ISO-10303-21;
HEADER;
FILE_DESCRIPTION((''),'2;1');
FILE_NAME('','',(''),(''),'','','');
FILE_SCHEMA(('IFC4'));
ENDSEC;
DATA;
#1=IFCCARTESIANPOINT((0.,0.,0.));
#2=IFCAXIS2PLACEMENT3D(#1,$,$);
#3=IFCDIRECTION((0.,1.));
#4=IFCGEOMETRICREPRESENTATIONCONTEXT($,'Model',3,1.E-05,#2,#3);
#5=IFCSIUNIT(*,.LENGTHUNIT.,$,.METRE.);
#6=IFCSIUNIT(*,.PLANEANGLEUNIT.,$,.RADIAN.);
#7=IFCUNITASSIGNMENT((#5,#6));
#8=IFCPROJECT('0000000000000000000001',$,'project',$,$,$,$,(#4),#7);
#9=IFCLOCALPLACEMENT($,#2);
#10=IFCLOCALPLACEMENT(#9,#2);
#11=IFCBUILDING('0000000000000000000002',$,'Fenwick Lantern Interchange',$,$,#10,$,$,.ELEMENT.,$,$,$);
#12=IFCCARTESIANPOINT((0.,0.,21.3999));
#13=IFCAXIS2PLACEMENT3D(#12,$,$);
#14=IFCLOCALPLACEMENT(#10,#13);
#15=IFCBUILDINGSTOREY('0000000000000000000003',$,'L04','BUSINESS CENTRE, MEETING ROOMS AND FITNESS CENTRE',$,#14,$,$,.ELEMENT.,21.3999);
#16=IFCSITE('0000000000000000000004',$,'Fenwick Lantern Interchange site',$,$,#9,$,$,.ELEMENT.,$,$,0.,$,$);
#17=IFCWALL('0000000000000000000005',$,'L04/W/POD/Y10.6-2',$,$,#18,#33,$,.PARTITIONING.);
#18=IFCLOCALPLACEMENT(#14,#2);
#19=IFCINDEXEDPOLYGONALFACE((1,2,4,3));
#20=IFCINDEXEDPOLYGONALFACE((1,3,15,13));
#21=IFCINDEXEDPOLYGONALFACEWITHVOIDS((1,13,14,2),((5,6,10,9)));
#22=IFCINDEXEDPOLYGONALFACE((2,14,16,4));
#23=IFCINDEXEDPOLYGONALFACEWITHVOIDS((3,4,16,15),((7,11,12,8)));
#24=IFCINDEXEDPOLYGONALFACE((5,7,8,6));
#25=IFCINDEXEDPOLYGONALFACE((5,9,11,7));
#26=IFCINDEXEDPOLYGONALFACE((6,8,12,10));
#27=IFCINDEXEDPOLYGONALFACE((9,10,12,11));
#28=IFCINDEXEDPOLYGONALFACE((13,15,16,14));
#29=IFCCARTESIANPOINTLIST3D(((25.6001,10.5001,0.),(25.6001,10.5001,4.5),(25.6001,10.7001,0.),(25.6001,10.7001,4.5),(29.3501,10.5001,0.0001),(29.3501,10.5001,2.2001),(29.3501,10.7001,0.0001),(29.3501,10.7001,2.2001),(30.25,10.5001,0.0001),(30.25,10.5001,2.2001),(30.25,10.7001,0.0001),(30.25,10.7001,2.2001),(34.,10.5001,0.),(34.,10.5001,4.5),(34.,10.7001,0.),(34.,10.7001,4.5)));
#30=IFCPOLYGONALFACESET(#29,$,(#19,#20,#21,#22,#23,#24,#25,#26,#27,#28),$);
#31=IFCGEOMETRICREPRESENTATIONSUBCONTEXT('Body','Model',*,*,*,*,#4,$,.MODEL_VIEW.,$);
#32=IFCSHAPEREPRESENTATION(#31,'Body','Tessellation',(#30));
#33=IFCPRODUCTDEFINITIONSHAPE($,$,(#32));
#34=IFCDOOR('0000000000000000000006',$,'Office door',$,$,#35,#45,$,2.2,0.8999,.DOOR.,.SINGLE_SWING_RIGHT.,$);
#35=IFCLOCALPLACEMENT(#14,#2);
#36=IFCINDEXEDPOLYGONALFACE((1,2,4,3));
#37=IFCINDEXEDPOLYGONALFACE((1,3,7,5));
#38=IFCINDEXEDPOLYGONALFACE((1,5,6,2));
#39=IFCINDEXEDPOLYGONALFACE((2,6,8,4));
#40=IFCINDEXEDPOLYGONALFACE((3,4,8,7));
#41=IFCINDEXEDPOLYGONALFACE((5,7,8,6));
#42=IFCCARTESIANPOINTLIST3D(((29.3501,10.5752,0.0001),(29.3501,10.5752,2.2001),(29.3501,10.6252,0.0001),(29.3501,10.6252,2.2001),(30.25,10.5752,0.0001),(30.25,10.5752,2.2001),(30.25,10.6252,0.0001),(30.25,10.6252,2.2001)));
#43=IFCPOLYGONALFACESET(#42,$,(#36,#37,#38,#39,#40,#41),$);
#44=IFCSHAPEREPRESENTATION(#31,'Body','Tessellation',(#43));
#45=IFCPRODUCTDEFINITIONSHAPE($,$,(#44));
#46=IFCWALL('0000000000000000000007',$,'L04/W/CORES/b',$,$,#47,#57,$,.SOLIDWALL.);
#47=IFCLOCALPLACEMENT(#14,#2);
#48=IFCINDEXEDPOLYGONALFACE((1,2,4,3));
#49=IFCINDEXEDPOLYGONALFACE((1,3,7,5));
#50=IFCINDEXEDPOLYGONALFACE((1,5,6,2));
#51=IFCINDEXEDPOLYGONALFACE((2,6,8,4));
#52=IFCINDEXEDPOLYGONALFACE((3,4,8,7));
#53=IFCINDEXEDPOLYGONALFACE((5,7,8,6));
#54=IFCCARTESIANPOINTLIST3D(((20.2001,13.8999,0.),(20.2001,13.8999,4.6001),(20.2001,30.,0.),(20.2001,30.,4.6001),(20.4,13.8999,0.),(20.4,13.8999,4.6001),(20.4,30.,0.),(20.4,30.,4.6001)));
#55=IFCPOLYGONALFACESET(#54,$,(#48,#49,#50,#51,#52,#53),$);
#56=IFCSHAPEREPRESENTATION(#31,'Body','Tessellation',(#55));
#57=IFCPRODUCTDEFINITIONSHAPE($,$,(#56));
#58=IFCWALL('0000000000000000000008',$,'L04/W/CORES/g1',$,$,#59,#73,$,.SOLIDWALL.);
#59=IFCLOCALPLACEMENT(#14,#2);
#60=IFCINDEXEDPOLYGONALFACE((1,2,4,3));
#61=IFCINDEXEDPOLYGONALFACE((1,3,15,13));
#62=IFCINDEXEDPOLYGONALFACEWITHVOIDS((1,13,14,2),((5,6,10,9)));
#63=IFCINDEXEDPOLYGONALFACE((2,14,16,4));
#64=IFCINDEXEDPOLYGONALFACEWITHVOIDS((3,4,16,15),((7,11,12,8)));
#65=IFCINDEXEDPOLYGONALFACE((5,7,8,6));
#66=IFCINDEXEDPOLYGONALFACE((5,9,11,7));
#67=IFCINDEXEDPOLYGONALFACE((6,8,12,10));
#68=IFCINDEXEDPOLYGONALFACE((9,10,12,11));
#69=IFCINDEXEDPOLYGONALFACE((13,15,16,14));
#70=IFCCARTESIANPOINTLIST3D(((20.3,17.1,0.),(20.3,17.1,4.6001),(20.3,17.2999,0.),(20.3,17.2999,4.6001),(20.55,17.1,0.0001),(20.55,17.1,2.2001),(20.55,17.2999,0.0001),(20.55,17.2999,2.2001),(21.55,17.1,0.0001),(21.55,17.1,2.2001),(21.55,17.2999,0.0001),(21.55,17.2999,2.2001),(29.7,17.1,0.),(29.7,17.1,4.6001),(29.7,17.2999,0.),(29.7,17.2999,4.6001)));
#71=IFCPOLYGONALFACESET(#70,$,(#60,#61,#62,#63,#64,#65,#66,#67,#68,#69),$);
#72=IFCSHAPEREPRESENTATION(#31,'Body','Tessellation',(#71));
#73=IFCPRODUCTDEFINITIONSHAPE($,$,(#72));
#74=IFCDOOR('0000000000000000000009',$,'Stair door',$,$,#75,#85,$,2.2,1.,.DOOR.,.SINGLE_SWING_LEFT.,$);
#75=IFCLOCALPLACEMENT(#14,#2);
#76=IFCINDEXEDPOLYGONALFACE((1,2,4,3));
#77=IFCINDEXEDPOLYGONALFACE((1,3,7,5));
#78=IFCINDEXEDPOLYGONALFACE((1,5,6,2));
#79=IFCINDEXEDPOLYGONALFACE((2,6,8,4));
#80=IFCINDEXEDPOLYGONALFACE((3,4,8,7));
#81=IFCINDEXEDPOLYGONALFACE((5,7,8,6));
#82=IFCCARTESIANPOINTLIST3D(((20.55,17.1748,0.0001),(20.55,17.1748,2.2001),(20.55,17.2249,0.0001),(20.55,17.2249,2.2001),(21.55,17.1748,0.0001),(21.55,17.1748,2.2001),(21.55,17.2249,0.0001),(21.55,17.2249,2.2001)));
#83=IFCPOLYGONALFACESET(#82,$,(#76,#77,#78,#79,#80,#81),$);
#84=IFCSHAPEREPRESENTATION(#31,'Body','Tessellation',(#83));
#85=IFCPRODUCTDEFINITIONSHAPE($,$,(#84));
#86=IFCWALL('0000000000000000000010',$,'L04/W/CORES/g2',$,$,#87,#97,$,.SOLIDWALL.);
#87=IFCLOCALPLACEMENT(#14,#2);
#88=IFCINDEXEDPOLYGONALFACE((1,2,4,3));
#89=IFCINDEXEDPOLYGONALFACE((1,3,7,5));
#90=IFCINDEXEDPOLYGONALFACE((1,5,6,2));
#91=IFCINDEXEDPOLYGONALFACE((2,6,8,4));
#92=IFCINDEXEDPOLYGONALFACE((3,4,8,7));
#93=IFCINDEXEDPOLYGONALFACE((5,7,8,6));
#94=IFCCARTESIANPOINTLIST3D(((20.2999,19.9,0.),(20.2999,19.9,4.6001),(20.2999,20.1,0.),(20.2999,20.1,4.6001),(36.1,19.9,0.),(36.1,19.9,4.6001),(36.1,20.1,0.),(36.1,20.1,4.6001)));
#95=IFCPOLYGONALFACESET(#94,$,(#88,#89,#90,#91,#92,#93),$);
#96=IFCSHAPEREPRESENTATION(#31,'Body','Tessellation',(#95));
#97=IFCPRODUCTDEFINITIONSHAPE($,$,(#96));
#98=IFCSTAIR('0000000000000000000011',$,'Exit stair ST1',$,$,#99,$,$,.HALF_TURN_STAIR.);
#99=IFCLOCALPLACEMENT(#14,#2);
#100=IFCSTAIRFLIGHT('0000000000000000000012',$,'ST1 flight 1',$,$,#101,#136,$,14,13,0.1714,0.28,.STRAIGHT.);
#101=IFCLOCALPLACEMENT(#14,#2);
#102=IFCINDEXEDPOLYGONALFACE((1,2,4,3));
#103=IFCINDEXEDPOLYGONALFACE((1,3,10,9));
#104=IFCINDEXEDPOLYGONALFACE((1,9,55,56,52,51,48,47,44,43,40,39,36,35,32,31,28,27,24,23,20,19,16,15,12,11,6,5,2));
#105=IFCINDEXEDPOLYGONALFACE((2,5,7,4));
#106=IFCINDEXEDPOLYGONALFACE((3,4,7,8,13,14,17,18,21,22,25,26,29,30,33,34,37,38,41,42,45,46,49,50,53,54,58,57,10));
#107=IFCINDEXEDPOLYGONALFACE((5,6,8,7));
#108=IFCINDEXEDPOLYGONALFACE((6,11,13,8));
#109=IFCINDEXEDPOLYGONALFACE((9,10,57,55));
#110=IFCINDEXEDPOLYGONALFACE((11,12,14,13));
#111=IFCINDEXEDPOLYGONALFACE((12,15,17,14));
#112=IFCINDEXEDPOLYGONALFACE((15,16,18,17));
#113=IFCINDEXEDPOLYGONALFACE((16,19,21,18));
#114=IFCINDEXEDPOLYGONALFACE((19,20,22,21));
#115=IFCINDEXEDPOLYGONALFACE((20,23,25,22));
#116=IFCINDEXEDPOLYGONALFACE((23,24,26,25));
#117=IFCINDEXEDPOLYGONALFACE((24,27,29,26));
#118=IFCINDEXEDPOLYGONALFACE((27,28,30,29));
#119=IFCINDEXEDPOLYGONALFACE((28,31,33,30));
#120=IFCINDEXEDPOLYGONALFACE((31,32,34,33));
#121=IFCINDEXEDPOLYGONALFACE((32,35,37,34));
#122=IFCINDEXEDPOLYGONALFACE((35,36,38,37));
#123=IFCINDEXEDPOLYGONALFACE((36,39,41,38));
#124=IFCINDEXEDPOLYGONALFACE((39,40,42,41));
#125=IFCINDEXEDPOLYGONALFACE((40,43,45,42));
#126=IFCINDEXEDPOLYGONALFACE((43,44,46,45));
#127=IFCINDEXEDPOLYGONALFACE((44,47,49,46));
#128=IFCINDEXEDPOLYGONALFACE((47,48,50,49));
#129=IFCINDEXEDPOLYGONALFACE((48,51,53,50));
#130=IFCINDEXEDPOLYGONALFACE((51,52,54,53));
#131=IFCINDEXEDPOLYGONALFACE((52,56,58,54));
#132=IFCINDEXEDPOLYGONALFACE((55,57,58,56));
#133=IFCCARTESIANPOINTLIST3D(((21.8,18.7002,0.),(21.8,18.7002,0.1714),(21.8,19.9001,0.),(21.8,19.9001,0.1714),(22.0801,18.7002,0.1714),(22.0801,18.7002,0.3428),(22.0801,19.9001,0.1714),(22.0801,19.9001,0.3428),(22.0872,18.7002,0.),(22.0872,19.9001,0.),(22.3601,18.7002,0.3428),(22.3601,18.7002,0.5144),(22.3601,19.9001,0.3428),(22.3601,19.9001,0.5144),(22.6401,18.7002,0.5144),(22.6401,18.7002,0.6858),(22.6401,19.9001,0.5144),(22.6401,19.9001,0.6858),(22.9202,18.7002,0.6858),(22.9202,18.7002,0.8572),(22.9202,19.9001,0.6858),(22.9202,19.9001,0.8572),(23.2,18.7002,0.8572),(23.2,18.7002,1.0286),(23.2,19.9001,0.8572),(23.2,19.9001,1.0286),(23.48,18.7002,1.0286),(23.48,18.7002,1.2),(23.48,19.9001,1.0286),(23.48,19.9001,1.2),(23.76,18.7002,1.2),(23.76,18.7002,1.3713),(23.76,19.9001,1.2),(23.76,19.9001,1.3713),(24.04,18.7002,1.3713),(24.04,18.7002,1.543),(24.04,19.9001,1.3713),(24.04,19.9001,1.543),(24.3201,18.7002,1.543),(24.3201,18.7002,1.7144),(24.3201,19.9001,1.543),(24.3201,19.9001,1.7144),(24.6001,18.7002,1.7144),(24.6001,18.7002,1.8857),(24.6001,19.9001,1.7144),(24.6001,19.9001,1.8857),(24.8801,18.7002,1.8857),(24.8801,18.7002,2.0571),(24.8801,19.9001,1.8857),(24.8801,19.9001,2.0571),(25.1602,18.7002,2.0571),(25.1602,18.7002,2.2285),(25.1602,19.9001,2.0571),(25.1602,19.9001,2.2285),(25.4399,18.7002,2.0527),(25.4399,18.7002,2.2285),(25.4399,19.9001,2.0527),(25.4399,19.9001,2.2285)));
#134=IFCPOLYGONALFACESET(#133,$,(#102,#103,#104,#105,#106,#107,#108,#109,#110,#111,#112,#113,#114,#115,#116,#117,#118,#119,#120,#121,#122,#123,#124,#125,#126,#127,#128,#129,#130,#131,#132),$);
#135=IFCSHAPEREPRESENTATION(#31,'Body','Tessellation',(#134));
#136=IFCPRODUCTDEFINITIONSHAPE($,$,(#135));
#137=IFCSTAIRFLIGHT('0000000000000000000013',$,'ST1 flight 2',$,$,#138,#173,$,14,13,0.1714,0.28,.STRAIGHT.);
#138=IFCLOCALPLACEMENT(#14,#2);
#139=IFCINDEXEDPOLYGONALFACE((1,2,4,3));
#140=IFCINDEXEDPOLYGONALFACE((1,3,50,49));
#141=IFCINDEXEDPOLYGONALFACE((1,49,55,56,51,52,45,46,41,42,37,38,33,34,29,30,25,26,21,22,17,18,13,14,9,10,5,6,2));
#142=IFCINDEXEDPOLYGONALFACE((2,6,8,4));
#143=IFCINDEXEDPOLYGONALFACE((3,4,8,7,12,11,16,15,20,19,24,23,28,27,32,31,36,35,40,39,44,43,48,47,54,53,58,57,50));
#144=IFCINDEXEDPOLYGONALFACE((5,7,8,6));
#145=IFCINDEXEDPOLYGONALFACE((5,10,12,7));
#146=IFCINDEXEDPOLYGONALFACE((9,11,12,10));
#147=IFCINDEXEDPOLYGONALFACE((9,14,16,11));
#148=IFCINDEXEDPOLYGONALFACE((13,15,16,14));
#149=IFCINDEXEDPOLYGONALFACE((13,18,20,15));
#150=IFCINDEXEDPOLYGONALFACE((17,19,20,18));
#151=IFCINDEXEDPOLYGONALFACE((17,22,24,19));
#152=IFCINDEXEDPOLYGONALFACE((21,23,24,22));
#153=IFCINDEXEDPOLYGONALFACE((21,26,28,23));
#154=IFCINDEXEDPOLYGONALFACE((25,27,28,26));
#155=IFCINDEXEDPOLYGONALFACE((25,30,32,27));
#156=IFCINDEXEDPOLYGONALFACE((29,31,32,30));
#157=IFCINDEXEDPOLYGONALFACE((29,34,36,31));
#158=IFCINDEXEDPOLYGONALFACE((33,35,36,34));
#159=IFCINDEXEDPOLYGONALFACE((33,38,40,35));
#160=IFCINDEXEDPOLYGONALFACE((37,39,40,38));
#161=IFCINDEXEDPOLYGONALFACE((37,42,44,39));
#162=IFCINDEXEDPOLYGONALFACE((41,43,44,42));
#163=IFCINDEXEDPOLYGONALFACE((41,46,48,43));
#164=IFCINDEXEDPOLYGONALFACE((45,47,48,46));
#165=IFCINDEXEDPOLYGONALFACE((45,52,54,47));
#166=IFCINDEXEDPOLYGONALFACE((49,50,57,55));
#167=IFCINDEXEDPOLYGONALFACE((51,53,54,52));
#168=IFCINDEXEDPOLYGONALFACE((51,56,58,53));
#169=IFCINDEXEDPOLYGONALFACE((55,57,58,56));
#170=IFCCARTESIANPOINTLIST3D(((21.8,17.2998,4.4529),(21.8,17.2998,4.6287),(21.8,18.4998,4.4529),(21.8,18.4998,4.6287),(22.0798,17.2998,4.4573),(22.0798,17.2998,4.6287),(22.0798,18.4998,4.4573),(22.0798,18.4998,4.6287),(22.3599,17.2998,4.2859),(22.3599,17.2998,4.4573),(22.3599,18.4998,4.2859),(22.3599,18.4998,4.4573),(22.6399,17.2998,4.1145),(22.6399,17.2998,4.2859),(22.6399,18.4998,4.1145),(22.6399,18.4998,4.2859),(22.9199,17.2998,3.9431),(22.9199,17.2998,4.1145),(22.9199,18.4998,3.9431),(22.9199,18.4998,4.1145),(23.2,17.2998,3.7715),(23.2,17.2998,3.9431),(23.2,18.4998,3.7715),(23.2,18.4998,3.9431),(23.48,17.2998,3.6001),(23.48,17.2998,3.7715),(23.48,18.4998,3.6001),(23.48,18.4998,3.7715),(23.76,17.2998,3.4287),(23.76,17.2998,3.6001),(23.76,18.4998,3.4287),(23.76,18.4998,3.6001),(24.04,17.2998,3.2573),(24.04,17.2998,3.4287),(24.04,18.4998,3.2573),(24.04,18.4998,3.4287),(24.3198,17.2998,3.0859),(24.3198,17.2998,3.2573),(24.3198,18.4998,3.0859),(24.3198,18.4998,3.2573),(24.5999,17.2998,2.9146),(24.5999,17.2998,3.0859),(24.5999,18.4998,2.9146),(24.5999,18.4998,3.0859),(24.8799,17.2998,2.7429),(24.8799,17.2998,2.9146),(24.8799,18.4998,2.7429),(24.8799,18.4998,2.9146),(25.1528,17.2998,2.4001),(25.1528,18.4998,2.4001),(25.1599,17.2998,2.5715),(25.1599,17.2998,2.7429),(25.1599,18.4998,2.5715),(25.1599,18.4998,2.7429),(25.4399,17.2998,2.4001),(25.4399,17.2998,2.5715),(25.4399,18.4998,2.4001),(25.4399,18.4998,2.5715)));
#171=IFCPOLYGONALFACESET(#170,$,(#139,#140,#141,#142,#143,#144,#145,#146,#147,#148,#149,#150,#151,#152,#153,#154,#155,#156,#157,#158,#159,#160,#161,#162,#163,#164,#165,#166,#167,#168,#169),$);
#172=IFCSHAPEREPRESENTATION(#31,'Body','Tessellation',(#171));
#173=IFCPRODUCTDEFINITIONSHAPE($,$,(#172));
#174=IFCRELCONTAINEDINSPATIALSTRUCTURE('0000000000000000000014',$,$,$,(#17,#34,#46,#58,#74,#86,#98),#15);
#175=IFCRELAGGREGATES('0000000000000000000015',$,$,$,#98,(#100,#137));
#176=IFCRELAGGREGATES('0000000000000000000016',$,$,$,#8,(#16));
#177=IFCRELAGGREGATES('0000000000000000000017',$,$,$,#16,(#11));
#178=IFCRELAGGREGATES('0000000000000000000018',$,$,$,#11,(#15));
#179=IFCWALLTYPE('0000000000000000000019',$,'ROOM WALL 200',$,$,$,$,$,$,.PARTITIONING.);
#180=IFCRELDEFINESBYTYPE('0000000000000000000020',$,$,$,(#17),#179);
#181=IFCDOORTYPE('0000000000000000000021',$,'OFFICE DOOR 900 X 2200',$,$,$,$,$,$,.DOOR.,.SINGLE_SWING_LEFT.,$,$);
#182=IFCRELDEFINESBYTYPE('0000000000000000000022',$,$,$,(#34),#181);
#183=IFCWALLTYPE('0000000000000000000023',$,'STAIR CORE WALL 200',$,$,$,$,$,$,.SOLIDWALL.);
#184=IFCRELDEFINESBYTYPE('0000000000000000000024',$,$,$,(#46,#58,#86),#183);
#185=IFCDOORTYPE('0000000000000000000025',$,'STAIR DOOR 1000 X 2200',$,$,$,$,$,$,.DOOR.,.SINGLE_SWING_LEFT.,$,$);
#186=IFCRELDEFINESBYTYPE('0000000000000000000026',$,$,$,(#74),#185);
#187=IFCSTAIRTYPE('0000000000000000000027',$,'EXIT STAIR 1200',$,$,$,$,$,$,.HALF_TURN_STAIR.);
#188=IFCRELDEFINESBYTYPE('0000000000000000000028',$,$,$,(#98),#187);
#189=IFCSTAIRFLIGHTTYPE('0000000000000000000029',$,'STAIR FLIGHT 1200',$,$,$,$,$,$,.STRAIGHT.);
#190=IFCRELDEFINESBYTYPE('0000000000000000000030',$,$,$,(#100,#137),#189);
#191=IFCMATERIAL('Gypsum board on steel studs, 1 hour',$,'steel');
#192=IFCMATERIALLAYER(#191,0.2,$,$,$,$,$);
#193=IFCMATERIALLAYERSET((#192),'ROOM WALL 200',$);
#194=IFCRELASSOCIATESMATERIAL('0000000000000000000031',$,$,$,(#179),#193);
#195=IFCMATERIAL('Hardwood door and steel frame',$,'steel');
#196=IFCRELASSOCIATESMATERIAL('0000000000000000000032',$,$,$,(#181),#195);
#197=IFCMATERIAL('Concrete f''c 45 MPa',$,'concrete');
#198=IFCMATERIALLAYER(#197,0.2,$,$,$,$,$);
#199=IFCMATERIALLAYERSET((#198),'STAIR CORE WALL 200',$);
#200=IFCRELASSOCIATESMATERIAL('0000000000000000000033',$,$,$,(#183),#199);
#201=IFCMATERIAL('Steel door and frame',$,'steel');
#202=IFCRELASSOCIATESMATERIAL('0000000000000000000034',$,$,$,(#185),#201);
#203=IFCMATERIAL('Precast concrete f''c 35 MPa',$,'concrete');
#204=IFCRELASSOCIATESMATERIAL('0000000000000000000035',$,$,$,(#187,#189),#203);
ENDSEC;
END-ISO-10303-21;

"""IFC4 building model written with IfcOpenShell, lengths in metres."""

from ifc_helpers import new_model, si_unit, direction, frame, frame_2d, origin, place, context, subcontext, project, spatial, polyline, rectangle, outline, extrude, material, layer, layer_set, type_object, element, fill, aggregate, save


model = new_model("IFC4")

# Units and contexts
model_context = context("Model", 3, precision=1e-05, world=origin(), true_north=direction((0.0, 1.0)))
body_context = subcontext(model_context, "Body", "Model", "MODEL_VIEW")
ifc_project = project(units=[si_unit("LENGTHUNIT", "METRE"), si_unit("PLANEANGLEUNIT", "RADIAN")], contexts=[model_context])

# Site, building, storey
site_placement = place(None, origin())
site = spatial("IfcSite", under=ifc_project, at=site_placement, Name="Fenwick Lantern Interchange site", CompositionType="ELEMENT", RefElevation=0.0)
building_placement = place(site_placement, origin())
building = spatial("IfcBuilding", under=site, at=building_placement, Name="Fenwick Lantern Interchange", CompositionType="ELEMENT")
storey_placement = place(building_placement, frame((0.0, 0.0, 21.3999)))
storey = spatial("IfcBuildingStorey", under=building, at=storey_placement, Name="L04", Description="BUSINESS CENTRE, MEETING ROOMS AND FITNESS CENTRE", CompositionType="ELEMENT", Elevation=21.3999)

# Shared definitions
ifc_material_1 = material(Name="Steel door and frame", Category="steel")

# Shared definitions
ifc_material_2 = material(Name="Gypsum board on steel studs, 1 hour", Category="steel")
ifc_layer_1 = layer(ifc_material_2, 0.2)
ifc_layer_set_1 = layer_set([ifc_layer_1], Name="ROOM WALL 200")
wall_type_1 = type_object("IfcWallType", Name="ROOM WALL 200", PredefinedType="PARTITIONING", material=ifc_layer_set_1)

# Wall, opening, door
ifc_material_3 = material(Name="Hardwood door and steel frame", Category="steel")
door_type_1 = type_object("IfcDoorType", Name="OFFICE DOOR 900 X 2200", OperationType="SINGLE_SWING_LEFT", PredefinedType="DOOR", material=ifc_material_3)
wall_1_placement = place(storey_placement, frame((25.6001, 10.6001, 0.0), z_axis=(0.0, 0.0, 1.0), x_axis=(1.0, 0.0, 0.0)))
wall_1 = element("IfcWall", 1, at=wall_1_placement, inside=storey, type_object=wall_type_1, Name="L04/W/POD/Y10.6-2", PredefinedType="PARTITIONING", context=body_context, shape_type="SweptSolid", body=[
    extrude(rectangle(XDim=8.3999, YDim=0.2, at=frame_2d((4.2, 0.0))), origin(), (0.0, 0.0, 1.0), 4.5),
])
opening_1_placement = place(wall_1_placement, frame((3.75, 0.0, 0.0)))
opening_1 = element("IfcOpeningElement", 2, at=opening_1_placement, cuts=wall_1, PredefinedType="OPENING", context=body_context, shape_type="SweptSolid", body=[
    extrude(rectangle(XDim=0.8999, YDim=2.2, at=frame_2d((0.45, 1.1001))), frame((0.0, 0.1099, 0.0), z_axis=(0.0, -1.0, 0.0), x_axis=(1.0, 0.0, 0.0)), (0.0, 0.0, 1.0), 0.22),
])
door_1_placement = place(opening_1_placement, frame((0.8999, 0.0, 0.0), z_axis=(0.0, 0.0, 1.0), x_axis=(-1.0, 0.0, 0.0)))
door_1 = element("IfcDoor", 3, at=door_1_placement, inside=storey, type_object=door_type_1, Name="Office door", OperationType="SINGLE_SWING_RIGHT", OverallHeight=2.2, OverallWidth=0.8999, PredefinedType="DOOR", context=body_context, shape_type="SweptSolid", body=[
    extrude(rectangle(XDim=0.8999, YDim=2.2, at=frame_2d((0.45, 1.1001))), frame((0.0, 0.0249, 0.0), z_axis=(0.0, -1.0, 0.0), x_axis=(1.0, 0.0, 0.0)), (0.0, 0.0, 1.0), 0.05),
])
fill(opening_1, door_1)

# Wall
ifc_material_4 = material(Name="Concrete f'c 45 MPa", Category="concrete")
ifc_layer_2 = layer(ifc_material_4, 0.2)
ifc_layer_set_2 = layer_set([ifc_layer_2], Name="STAIR CORE WALL 200")
wall_type_2 = type_object("IfcWallType", Name="STAIR CORE WALL 200", PredefinedType="SOLIDWALL", material=ifc_layer_set_2)
wall_2_placement = place(storey_placement, frame((20.3, 13.8999, 0.0), z_axis=(0.0, 0.0, 1.0), x_axis=(0.0, 1.0, 0.0)))
element("IfcWall", 4, at=wall_2_placement, inside=storey, type_object=wall_type_2, Name="L04/W/CORES/b", PredefinedType="SOLIDWALL", context=body_context, shape_type="SweptSolid", body=[
    extrude(rectangle(XDim=16.1001, YDim=0.2, at=frame_2d((8.05, 0.0))), origin(), (0.0, 0.0, 1.0), 4.6001),
])

# Wall, opening, door
wall_3_placement = place(storey_placement, frame((20.3, 17.2, 0.0), z_axis=(0.0, 0.0, 1.0), x_axis=(1.0, 0.0, 0.0)))
wall_3 = element("IfcWall", 5, at=wall_3_placement, inside=storey, type_object=wall_type_2, Name="L04/W/CORES/g1", PredefinedType="SOLIDWALL", context=body_context, shape_type="SweptSolid", body=[
    extrude(rectangle(XDim=9.3999, YDim=0.2, at=frame_2d((4.7, 0.0))), origin(), (0.0, 0.0, 1.0), 4.6001),
])
opening_2_placement = place(wall_3_placement, frame((0.25, 0.0, 0.0)))
opening_2 = element("IfcOpeningElement", 6, at=opening_2_placement, cuts=wall_3, PredefinedType="OPENING", context=body_context, shape_type="SweptSolid", body=[
    extrude(rectangle(XDim=1.0, YDim=2.2, at=frame_2d((0.5, 1.1001))), frame((0.0, 0.1099, 0.0), z_axis=(0.0, -1.0, 0.0), x_axis=(1.0, 0.0, 0.0)), (0.0, 0.0, 1.0), 0.22),
])
door_type_2 = type_object("IfcDoorType", Name="STAIR DOOR 1000 X 2200", OperationType="SINGLE_SWING_LEFT", PredefinedType="DOOR", material=ifc_material_1)
door_2_placement = place(opening_2_placement, origin())
door_2 = element("IfcDoor", 7, at=door_2_placement, inside=storey, type_object=door_type_2, Name="Stair door", OperationType="SINGLE_SWING_LEFT", OverallHeight=2.2, OverallWidth=1.0, PredefinedType="DOOR", context=body_context, shape_type="SweptSolid", body=[
    extrude(rectangle(XDim=1.0, YDim=2.2, at=frame_2d((0.5, 1.1001))), frame((0.0, 0.0249, 0.0), z_axis=(0.0, -1.0, 0.0), x_axis=(1.0, 0.0, 0.0)), (0.0, 0.0, 1.0), 0.05),
])
fill(opening_2, door_2)

# Wall
wall_4_placement = place(storey_placement, frame((20.3, 20.0, 0.0), z_axis=(0.0, 0.0, 1.0), x_axis=(1.0, 0.0, 0.0)))
element("IfcWall", 8, at=wall_4_placement, inside=storey, type_object=wall_type_2, Name="L04/W/CORES/g2", PredefinedType="SOLIDWALL", context=body_context, shape_type="SweptSolid", body=[
    extrude(rectangle(XDim=15.8, YDim=0.2, at=frame_2d((7.8999, 0.0))), origin(), (0.0, 0.0, 1.0), 4.6001),
])

# Stair, stair flights
ifc_material_5 = material(Name="Precast concrete f'c 35 MPa", Category="concrete")
stair_type = type_object("IfcStairType", Name="EXIT STAIR 1200", PredefinedType="HALF_TURN_STAIR", material=ifc_material_5)
stair_placement = place(storey_placement, origin())
stair = element("IfcStair", 9, at=stair_placement, inside=storey, type_object=stair_type, Name="Exit stair ST1", PredefinedType="HALF_TURN_STAIR")
stair_flight_type = type_object("IfcStairFlightType", Name="STAIR FLIGHT 1200", PredefinedType="STRAIGHT", material=ifc_material_5)
stair_flight_1_placement = place(storey_placement, frame((21.8, 19.3, 0.0), z_axis=(0.0, 0.0, 1.0), x_axis=(1.0, 0.0, 0.0)))
stair_flight_1 = element("IfcStairFlight", 10, at=stair_flight_1_placement, type_object=stair_flight_type, Name="ST1 flight 1", NumberOfRisers=14, NumberOfTreads=13, PredefinedType="STRAIGHT", RiserHeight=0.1714, TreadLength=0.28, context=body_context, shape_type="SweptSolid", body=[
    extrude(outline(polyline([(0.0, 0.0), (0.0, 0.1714), (0.28, 0.1714), (0.28, 0.3428), (0.5601, 0.3428), (0.5601, 0.5144), (0.8401, 0.5144), (0.8401, 0.6858), (1.1201, 0.6858), (1.1201, 0.8572), (1.3999, 0.8572), (1.3999, 1.0286), (1.6799, 1.0286), (1.6799, 1.2), (1.96, 1.2), (1.96, 1.3713), (2.24, 1.3713), (2.24, 1.543), (2.52, 1.543), (2.52, 1.7144), (2.8, 1.7144), (2.8, 1.8857), (3.0801, 1.8857), (3.0801, 2.0571), (3.3601, 2.0571), (3.3601, 2.2285), (3.6399, 2.2285), (3.6399, 2.3999), (3.6399, 2.0527), (0.2871, 0.0), (0.0, 0.0)])), frame((0.0, 0.6001, 0.0), z_axis=(0.0, -1.0, 0.0), x_axis=(1.0, 0.0, 0.0)), (0.0, 0.0, 1.0), 1.2),
])
stair_flight_2_placement = place(storey_placement, frame((25.4399, 17.8999, 2.4001), z_axis=(0.0, 0.0, 1.0), x_axis=(-1.0, 0.0, 0.0)))
stair_flight_2 = element("IfcStairFlight", 11, at=stair_flight_2_placement, type_object=stair_flight_type, Name="ST1 flight 2", NumberOfRisers=14, NumberOfTreads=13, PredefinedType="STRAIGHT", RiserHeight=0.1714, TreadLength=0.28, context=body_context, shape_type="SweptSolid", body=[
    extrude(outline(polyline([(0.0, 0.0), (0.0, 0.1714), (0.28, 0.1714), (0.28, 0.3428), (0.5601, 0.3428), (0.5601, 0.5144), (0.8401, 0.5144), (0.8401, 0.6858), (1.1201, 0.6858), (1.1201, 0.8572), (1.3999, 0.8572), (1.3999, 1.0286), (1.6799, 1.0286), (1.6799, 1.2), (1.96, 1.2), (1.96, 1.3713), (2.24, 1.3713), (2.24, 1.543), (2.52, 1.543), (2.52, 1.7144), (2.8, 1.7144), (2.8, 1.8857), (3.0801, 1.8857), (3.0801, 2.0571), (3.3601, 2.0571), (3.3601, 2.2285), (3.6399, 2.2285), (3.6399, 2.3999), (3.6399, 2.0527), (0.2871, 0.0), (0.0, 0.0)])), frame((0.0, 0.6001, 0.0), z_axis=(0.0, -1.0, 0.0), x_axis=(1.0, 0.0, 0.0)), (0.0, 0.0, 1.0), 1.2),
])
aggregate(stair, [stair_flight_1, stair_flight_2])

save(model, "model.ifc")
